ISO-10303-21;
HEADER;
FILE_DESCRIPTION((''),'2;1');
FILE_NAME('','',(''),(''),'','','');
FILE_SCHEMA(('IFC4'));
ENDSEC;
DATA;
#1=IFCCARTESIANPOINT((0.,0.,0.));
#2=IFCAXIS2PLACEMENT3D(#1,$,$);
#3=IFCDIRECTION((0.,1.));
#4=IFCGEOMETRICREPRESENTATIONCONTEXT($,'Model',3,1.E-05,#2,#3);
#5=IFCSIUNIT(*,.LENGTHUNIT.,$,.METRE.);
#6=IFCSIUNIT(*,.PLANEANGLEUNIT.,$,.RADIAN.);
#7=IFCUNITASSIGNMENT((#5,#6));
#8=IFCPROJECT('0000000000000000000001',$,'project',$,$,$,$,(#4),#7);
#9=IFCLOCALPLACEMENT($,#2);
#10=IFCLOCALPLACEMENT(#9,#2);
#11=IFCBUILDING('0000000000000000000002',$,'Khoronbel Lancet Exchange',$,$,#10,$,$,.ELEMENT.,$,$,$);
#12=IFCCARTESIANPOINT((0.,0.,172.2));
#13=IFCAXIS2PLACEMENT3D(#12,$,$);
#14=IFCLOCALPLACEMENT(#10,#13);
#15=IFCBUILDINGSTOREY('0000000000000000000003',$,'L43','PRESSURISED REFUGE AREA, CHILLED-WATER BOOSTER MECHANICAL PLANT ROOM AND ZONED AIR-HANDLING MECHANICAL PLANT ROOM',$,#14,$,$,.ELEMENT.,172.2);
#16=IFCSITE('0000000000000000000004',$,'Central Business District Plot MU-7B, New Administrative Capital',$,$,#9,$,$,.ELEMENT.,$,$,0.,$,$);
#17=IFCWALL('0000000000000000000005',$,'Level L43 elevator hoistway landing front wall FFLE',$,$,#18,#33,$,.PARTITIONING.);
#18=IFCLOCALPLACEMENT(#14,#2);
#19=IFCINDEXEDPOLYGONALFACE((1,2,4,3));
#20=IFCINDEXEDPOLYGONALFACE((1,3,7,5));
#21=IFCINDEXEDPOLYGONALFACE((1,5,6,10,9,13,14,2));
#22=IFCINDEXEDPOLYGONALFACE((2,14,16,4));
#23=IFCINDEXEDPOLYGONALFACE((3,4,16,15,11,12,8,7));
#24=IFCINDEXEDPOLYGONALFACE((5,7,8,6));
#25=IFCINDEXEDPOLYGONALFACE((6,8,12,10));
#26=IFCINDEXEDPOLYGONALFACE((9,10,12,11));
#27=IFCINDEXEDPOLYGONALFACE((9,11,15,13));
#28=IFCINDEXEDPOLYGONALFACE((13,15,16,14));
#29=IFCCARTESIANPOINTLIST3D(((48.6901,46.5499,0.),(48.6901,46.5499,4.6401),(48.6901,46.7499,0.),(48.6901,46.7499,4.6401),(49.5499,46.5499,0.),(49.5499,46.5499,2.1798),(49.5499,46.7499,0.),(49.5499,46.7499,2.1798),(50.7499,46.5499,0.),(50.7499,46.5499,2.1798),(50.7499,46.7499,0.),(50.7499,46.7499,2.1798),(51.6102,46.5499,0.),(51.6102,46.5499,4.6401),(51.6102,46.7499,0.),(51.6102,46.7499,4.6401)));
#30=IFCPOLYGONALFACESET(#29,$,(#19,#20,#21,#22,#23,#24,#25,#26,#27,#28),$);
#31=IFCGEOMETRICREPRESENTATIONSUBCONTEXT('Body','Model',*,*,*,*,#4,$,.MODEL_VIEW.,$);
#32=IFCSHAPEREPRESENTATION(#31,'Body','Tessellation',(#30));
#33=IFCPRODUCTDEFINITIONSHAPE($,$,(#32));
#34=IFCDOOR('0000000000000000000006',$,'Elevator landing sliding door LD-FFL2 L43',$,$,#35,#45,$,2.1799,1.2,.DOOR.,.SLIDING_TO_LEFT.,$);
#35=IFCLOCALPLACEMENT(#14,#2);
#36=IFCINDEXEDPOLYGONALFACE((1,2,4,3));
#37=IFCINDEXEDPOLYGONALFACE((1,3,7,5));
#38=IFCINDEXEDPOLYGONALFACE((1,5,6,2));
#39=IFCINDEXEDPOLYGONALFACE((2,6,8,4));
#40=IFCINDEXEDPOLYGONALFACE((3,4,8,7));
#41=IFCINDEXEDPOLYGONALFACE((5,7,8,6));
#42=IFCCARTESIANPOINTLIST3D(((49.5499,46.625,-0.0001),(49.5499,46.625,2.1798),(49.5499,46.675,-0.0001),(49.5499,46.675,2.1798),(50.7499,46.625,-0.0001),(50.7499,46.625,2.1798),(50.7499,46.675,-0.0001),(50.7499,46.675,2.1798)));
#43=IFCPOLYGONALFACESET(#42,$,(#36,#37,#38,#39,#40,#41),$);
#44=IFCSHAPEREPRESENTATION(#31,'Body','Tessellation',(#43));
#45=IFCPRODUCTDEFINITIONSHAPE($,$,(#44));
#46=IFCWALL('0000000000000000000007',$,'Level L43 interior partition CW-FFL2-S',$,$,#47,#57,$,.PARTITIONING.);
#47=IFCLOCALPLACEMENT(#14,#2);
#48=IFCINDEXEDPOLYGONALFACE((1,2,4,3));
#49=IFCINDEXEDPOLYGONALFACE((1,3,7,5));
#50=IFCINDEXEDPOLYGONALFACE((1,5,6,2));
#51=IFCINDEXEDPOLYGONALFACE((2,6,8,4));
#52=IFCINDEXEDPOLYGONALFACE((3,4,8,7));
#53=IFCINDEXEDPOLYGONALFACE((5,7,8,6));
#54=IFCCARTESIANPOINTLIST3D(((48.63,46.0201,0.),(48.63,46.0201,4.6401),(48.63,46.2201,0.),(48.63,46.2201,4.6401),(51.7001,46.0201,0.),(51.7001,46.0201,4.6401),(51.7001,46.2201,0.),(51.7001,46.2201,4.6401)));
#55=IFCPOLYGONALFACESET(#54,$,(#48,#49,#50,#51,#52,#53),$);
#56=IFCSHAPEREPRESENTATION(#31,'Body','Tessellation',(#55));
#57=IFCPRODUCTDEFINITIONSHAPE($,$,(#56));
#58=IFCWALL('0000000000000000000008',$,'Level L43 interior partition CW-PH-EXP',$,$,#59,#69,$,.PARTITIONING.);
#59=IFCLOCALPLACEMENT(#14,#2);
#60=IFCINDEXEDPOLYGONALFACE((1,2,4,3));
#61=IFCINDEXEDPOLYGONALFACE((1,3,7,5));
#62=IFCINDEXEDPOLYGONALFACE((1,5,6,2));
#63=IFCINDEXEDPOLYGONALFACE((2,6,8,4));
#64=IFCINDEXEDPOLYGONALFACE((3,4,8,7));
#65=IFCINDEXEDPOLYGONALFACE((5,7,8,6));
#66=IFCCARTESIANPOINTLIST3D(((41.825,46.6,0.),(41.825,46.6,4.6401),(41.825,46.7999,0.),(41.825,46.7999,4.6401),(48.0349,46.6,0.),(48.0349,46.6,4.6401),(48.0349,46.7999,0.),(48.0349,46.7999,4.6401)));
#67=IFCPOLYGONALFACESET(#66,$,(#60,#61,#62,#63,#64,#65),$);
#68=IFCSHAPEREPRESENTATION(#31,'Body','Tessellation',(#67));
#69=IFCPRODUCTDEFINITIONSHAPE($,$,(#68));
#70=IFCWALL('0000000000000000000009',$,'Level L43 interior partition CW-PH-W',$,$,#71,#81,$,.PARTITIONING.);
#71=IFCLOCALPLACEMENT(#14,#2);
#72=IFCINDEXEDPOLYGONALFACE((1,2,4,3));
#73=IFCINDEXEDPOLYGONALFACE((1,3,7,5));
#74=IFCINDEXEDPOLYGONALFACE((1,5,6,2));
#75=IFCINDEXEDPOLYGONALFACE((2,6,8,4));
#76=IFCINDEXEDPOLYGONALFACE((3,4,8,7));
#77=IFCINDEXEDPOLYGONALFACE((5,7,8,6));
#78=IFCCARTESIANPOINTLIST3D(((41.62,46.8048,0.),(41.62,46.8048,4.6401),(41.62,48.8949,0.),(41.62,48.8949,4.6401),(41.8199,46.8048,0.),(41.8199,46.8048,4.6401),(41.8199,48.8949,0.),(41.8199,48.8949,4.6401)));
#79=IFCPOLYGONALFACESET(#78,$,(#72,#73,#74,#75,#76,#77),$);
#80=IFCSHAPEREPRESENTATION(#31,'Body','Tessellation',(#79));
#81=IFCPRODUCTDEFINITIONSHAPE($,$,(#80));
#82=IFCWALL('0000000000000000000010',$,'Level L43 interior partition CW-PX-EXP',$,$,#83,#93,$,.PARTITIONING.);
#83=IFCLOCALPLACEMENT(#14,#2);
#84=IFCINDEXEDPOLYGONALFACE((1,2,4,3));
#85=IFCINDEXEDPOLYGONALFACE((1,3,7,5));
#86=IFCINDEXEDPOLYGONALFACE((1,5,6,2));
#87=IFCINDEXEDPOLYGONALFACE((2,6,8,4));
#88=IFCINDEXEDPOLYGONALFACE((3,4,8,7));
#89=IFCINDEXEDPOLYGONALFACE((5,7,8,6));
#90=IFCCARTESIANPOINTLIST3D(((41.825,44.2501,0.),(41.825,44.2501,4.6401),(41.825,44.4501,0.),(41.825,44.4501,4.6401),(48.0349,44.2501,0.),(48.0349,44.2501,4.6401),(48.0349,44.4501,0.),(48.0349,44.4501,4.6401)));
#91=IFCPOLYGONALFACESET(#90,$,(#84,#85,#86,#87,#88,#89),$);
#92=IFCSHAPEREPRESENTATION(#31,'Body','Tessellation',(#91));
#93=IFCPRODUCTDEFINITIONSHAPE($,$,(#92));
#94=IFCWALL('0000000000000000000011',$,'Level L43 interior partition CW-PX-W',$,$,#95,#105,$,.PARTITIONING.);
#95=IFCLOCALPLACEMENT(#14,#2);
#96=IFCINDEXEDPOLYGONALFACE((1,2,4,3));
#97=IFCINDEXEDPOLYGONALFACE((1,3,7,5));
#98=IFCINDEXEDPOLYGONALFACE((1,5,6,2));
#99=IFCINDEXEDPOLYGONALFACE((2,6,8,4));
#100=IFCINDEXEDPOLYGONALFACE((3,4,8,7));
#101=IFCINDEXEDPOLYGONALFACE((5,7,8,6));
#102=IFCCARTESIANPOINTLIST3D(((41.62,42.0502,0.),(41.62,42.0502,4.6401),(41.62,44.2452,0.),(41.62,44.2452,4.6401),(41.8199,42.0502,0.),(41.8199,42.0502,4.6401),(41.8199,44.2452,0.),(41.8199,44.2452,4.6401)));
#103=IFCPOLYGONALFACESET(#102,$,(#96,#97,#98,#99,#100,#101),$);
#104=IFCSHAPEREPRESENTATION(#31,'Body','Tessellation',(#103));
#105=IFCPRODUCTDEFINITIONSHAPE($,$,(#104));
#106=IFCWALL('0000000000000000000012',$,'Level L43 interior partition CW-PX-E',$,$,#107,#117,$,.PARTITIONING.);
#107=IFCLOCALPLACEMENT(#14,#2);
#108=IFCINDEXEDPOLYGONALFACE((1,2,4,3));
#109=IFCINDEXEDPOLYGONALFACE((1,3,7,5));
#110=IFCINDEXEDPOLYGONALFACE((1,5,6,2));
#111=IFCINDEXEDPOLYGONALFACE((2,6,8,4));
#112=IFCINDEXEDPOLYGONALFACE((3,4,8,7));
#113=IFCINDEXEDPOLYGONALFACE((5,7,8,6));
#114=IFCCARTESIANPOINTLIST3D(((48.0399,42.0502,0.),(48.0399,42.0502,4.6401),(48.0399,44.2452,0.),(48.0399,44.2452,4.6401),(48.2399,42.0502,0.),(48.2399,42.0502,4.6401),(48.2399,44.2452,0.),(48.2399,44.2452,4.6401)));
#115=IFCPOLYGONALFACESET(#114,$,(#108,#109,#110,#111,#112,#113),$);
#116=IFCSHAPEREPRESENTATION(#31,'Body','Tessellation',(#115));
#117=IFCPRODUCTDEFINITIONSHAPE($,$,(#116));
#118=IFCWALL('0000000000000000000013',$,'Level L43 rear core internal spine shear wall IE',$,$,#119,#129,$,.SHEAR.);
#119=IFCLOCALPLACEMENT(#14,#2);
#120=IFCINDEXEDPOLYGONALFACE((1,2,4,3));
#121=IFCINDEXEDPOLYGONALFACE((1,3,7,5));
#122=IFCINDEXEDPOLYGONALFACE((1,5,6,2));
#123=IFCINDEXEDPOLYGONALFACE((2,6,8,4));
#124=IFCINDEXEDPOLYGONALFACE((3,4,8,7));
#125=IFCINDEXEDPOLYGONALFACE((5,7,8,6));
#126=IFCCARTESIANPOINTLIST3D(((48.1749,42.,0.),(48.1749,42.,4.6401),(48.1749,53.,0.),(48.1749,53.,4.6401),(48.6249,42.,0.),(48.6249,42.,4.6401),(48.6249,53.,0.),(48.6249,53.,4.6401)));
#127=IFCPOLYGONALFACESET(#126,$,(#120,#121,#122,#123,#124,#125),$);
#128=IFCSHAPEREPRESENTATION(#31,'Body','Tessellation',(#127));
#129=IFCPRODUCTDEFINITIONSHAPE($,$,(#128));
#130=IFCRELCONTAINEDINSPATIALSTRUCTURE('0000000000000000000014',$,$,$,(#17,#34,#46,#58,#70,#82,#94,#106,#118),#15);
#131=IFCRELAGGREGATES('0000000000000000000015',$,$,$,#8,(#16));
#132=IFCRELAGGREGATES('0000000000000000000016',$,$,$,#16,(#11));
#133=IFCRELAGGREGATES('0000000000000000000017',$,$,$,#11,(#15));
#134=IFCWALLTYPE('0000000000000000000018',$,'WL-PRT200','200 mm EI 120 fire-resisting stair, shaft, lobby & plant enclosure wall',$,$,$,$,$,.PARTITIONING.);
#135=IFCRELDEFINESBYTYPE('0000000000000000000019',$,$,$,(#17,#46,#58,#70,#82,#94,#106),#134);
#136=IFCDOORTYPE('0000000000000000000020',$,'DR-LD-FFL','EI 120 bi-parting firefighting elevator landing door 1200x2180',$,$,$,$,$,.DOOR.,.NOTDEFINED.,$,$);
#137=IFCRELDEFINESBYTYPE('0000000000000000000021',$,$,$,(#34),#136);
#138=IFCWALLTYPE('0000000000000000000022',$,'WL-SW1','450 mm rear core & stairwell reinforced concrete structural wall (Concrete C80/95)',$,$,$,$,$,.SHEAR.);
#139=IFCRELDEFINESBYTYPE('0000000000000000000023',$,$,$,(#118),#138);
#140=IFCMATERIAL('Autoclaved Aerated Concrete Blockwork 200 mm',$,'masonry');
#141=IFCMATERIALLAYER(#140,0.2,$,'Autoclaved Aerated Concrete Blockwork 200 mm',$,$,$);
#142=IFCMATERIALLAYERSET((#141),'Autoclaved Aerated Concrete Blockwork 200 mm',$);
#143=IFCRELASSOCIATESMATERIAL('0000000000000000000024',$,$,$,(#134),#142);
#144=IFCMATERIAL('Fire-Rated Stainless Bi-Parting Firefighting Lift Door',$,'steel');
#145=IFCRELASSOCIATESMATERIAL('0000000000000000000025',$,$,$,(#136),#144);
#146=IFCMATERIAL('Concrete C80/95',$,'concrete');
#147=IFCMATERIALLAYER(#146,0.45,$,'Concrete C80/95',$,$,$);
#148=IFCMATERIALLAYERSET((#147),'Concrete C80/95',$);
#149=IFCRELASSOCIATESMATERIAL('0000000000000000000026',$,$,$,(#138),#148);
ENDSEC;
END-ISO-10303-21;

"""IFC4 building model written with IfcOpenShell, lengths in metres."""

from ifc_helpers import new_model, si_unit, direction, frame, frame_2d, origin, place, context, subcontext, project, spatial, rectangle, extrude, material, layer, layer_set, type_object, element, fill, save


model = new_model("IFC4")

# Units and contexts
model_context = context("Model", 3, precision=1e-05, world=origin(), true_north=direction((0.0, 1.0)))
body_context = subcontext(model_context, "Body", "Model", "MODEL_VIEW")
ifc_project = project(units=[si_unit("LENGTHUNIT", "METRE"), si_unit("PLANEANGLEUNIT", "RADIAN")], contexts=[model_context])

# Site, building, storey
site_placement = place(None, origin())
site = spatial("IfcSite", under=ifc_project, at=site_placement, Name="Central Business District Plot MU-7B, New Administrative Capital", CompositionType="ELEMENT", RefElevation=0.0)
building_placement = place(site_placement, origin())
building = spatial("IfcBuilding", under=site, at=building_placement, Name="Khoronbel Lancet Exchange", CompositionType="ELEMENT")
storey_placement = place(building_placement, frame((0.0, 0.0, 172.2)))
storey = spatial("IfcBuildingStorey", under=building, at=storey_placement, Name="L43", Description="PRESSURISED REFUGE AREA, CHILLED-WATER BOOSTER MECHANICAL PLANT ROOM AND ZONED AIR-HANDLING MECHANICAL PLANT ROOM", CompositionType="ELEMENT", Elevation=172.2)

# Shared definitions
ifc_material_1 = material(Name="Concrete C80/95", Category="concrete")

# Wall, opening, door
ifc_material_2 = material(Name="Autoclaved Aerated Concrete Blockwork 200 mm", Category="masonry")
ifc_layer_1 = layer(ifc_material_2, 0.2, Name="Autoclaved Aerated Concrete Blockwork 200 mm")
ifc_layer_set_1 = layer_set([ifc_layer_1], Name="Autoclaved Aerated Concrete Blockwork 200 mm")
wall_type_1 = type_object("IfcWallType", Name="WL-PRT200", Description="200 mm EI 120 fire-resisting stair, shaft, lobby & plant enclosure wall", PredefinedType="PARTITIONING", material=ifc_layer_set_1)
wall_1_placement = place(storey_placement, frame((51.6101, 46.6499, 0.0), z_axis=(0.0, 0.0, 1.0), x_axis=(-1.0, 0.0, 0.0)))
wall_1 = element("IfcWall", 1, at=wall_1_placement, inside=storey, type_object=wall_type_1, Name="Level L43 elevator hoistway landing front wall FFLE", PredefinedType="PARTITIONING", context=body_context, shape_type="SweptSolid", body=[
    extrude(rectangle(XDim=2.9202, YDim=0.2, at=frame_2d((1.46, 0.0))), origin(), (0.0, 0.0, 1.0), 4.6401),
])
opening_1_placement = place(wall_1_placement, frame((0.8601, 0.0, 0.0)))
opening_1 = element("IfcOpeningElement", 2, at=opening_1_placement, cuts=wall_1, PredefinedType="OPENING", context=body_context, shape_type="SweptSolid", body=[
    extrude(rectangle(XDim=1.2, YDim=2.1799, at=frame_2d((0.6001, 1.0898))), frame((0.0, 0.1099, 0.0), z_axis=(0.0, -1.0, 0.0), x_axis=(1.0, 0.0, 0.0)), (0.0, 0.0, 1.0), 0.22),
])
ifc_material_3 = material(Name="Fire-Rated Stainless Bi-Parting Firefighting Lift Door", Category="steel")
door_type_1 = type_object("IfcDoorType", Name="DR-LD-FFL", Description="EI 120 bi-parting firefighting elevator landing door 1200x2180", OperationType="NOTDEFINED", PredefinedType="DOOR", material=ifc_material_3)
door_1_placement = place(opening_1_placement, origin())
door_1 = element("IfcDoor", 3, at=door_1_placement, inside=storey, type_object=door_type_1, Name="Elevator landing sliding door LD-FFL2 L43", OperationType="SLIDING_TO_LEFT", OverallHeight=2.1799, OverallWidth=1.2, PredefinedType="DOOR", context=body_context, shape_type="SweptSolid", body=[
    extrude(rectangle(XDim=1.2, YDim=2.1799, at=frame_2d((0.6001, 1.0898))), frame((0.0, 0.0249, 0.0), z_axis=(0.0, -1.0, 0.0), x_axis=(1.0, 0.0, 0.0)), (0.0, 0.0, 1.0), 0.05),
])
fill(opening_1, door_1)

# Walls
wall_2_placement = place(storey_placement, frame((48.6299, 46.1201, 0.0), z_axis=(0.0, 0.0, 1.0), x_axis=(1.0, 0.0, 0.0)))
element("IfcWall", 4, at=wall_2_placement, inside=storey, type_object=wall_type_1, Name="Level L43 interior partition CW-FFL2-S", PredefinedType="PARTITIONING", context=body_context, shape_type="SweptSolid", body=[
    extrude(rectangle(XDim=3.0701, YDim=0.2, at=frame_2d((1.5352, 0.0))), origin(), (0.0, 0.0, 1.0), 4.6401),
])
wall_3_placement = place(storey_placement, frame((41.825, 46.7, 0.0), z_axis=(0.0, 0.0, 1.0), x_axis=(1.0, 0.0, 0.0)))
element("IfcWall", 5, at=wall_3_placement, inside=storey, type_object=wall_type_1, Name="Level L43 interior partition CW-PH-EXP", PredefinedType="PARTITIONING", context=body_context, shape_type="SweptSolid", body=[
    extrude(rectangle(XDim=6.21, YDim=0.2, at=frame_2d((3.105, 0.0))), origin(), (0.0, 0.0, 1.0), 4.6401),
])
wall_4_placement = place(storey_placement, frame((41.72, 46.8049, 0.0), z_axis=(0.0, 0.0, 1.0), x_axis=(0.0, 1.0, 0.0)))
element("IfcWall", 6, at=wall_4_placement, inside=storey, type_object=wall_type_1, Name="Level L43 interior partition CW-PH-W", PredefinedType="PARTITIONING", context=body_context, shape_type="SweptSolid", body=[
    extrude(rectangle(XDim=2.0901, YDim=0.2, at=frame_2d((1.0449, 0.0))), origin(), (0.0, 0.0, 1.0), 4.6401),
])
wall_5_placement = place(storey_placement, frame((41.825, 44.3501, 0.0), z_axis=(0.0, 0.0, 1.0), x_axis=(1.0, 0.0, 0.0)))
element("IfcWall", 7, at=wall_5_placement, inside=storey, type_object=wall_type_1, Name="Level L43 interior partition CW-PX-EXP", PredefinedType="PARTITIONING", context=body_context, shape_type="SweptSolid", body=[
    extrude(rectangle(XDim=6.21, YDim=0.2, at=frame_2d((3.105, 0.0))), origin(), (0.0, 0.0, 1.0), 4.6401),
])
for number, where, z_axis, x_axis, name in (
    (8, (41.72, 42.05, 0.0), (0.0, 0.0, 1.0), (0.0, 1.0, 0.0), "Level L43 interior partition CW-PX-W"),
    (9, (48.1399, 42.05, 0.0), (0.0, 0.0, 1.0), (0.0, 1.0, 0.0), "Level L43 interior partition CW-PX-E"),
):
    element("IfcWall", number, at=place(storey_placement, frame(where, z_axis=z_axis, x_axis=x_axis)), inside=storey, type_object=wall_type_1, Name=name, PredefinedType="PARTITIONING", context=body_context, shape_type="SweptSolid", body=[
        extrude(rectangle(XDim=2.1951, YDim=0.2, at=frame_2d((1.0977, 0.0))), origin(), (0.0, 0.0, 1.0), 4.6401),
    ])
ifc_layer_2 = layer(ifc_material_1, 0.45, Name="Concrete C80/95")
ifc_layer_set_2 = layer_set([ifc_layer_2], Name="Concrete C80/95")
wall_type_2 = type_object("IfcWallType", Name="WL-SW1", Description="450 mm rear core & stairwell reinforced concrete structural wall (Concrete C80/95)", PredefinedType="SHEAR", material=ifc_layer_set_2)
wall_6_placement = place(storey_placement, frame((48.3999, 42.0, 0.0), z_axis=(0.0, 0.0, 1.0), x_axis=(0.0, 1.0, 0.0)))
element("IfcWall", 10, at=wall_6_placement, inside=storey, type_object=wall_type_2, Name="Level L43 rear core internal spine shear wall IE", PredefinedType="SHEAR", context=body_context, shape_type="SweptSolid", body=[
    extrude(rectangle(XDim=11.0, YDim=0.45, at=frame_2d((5.5, 0.0))), origin(), (0.0, 0.0, 1.0), 4.6401),
])

save(model, "model.ifc")
